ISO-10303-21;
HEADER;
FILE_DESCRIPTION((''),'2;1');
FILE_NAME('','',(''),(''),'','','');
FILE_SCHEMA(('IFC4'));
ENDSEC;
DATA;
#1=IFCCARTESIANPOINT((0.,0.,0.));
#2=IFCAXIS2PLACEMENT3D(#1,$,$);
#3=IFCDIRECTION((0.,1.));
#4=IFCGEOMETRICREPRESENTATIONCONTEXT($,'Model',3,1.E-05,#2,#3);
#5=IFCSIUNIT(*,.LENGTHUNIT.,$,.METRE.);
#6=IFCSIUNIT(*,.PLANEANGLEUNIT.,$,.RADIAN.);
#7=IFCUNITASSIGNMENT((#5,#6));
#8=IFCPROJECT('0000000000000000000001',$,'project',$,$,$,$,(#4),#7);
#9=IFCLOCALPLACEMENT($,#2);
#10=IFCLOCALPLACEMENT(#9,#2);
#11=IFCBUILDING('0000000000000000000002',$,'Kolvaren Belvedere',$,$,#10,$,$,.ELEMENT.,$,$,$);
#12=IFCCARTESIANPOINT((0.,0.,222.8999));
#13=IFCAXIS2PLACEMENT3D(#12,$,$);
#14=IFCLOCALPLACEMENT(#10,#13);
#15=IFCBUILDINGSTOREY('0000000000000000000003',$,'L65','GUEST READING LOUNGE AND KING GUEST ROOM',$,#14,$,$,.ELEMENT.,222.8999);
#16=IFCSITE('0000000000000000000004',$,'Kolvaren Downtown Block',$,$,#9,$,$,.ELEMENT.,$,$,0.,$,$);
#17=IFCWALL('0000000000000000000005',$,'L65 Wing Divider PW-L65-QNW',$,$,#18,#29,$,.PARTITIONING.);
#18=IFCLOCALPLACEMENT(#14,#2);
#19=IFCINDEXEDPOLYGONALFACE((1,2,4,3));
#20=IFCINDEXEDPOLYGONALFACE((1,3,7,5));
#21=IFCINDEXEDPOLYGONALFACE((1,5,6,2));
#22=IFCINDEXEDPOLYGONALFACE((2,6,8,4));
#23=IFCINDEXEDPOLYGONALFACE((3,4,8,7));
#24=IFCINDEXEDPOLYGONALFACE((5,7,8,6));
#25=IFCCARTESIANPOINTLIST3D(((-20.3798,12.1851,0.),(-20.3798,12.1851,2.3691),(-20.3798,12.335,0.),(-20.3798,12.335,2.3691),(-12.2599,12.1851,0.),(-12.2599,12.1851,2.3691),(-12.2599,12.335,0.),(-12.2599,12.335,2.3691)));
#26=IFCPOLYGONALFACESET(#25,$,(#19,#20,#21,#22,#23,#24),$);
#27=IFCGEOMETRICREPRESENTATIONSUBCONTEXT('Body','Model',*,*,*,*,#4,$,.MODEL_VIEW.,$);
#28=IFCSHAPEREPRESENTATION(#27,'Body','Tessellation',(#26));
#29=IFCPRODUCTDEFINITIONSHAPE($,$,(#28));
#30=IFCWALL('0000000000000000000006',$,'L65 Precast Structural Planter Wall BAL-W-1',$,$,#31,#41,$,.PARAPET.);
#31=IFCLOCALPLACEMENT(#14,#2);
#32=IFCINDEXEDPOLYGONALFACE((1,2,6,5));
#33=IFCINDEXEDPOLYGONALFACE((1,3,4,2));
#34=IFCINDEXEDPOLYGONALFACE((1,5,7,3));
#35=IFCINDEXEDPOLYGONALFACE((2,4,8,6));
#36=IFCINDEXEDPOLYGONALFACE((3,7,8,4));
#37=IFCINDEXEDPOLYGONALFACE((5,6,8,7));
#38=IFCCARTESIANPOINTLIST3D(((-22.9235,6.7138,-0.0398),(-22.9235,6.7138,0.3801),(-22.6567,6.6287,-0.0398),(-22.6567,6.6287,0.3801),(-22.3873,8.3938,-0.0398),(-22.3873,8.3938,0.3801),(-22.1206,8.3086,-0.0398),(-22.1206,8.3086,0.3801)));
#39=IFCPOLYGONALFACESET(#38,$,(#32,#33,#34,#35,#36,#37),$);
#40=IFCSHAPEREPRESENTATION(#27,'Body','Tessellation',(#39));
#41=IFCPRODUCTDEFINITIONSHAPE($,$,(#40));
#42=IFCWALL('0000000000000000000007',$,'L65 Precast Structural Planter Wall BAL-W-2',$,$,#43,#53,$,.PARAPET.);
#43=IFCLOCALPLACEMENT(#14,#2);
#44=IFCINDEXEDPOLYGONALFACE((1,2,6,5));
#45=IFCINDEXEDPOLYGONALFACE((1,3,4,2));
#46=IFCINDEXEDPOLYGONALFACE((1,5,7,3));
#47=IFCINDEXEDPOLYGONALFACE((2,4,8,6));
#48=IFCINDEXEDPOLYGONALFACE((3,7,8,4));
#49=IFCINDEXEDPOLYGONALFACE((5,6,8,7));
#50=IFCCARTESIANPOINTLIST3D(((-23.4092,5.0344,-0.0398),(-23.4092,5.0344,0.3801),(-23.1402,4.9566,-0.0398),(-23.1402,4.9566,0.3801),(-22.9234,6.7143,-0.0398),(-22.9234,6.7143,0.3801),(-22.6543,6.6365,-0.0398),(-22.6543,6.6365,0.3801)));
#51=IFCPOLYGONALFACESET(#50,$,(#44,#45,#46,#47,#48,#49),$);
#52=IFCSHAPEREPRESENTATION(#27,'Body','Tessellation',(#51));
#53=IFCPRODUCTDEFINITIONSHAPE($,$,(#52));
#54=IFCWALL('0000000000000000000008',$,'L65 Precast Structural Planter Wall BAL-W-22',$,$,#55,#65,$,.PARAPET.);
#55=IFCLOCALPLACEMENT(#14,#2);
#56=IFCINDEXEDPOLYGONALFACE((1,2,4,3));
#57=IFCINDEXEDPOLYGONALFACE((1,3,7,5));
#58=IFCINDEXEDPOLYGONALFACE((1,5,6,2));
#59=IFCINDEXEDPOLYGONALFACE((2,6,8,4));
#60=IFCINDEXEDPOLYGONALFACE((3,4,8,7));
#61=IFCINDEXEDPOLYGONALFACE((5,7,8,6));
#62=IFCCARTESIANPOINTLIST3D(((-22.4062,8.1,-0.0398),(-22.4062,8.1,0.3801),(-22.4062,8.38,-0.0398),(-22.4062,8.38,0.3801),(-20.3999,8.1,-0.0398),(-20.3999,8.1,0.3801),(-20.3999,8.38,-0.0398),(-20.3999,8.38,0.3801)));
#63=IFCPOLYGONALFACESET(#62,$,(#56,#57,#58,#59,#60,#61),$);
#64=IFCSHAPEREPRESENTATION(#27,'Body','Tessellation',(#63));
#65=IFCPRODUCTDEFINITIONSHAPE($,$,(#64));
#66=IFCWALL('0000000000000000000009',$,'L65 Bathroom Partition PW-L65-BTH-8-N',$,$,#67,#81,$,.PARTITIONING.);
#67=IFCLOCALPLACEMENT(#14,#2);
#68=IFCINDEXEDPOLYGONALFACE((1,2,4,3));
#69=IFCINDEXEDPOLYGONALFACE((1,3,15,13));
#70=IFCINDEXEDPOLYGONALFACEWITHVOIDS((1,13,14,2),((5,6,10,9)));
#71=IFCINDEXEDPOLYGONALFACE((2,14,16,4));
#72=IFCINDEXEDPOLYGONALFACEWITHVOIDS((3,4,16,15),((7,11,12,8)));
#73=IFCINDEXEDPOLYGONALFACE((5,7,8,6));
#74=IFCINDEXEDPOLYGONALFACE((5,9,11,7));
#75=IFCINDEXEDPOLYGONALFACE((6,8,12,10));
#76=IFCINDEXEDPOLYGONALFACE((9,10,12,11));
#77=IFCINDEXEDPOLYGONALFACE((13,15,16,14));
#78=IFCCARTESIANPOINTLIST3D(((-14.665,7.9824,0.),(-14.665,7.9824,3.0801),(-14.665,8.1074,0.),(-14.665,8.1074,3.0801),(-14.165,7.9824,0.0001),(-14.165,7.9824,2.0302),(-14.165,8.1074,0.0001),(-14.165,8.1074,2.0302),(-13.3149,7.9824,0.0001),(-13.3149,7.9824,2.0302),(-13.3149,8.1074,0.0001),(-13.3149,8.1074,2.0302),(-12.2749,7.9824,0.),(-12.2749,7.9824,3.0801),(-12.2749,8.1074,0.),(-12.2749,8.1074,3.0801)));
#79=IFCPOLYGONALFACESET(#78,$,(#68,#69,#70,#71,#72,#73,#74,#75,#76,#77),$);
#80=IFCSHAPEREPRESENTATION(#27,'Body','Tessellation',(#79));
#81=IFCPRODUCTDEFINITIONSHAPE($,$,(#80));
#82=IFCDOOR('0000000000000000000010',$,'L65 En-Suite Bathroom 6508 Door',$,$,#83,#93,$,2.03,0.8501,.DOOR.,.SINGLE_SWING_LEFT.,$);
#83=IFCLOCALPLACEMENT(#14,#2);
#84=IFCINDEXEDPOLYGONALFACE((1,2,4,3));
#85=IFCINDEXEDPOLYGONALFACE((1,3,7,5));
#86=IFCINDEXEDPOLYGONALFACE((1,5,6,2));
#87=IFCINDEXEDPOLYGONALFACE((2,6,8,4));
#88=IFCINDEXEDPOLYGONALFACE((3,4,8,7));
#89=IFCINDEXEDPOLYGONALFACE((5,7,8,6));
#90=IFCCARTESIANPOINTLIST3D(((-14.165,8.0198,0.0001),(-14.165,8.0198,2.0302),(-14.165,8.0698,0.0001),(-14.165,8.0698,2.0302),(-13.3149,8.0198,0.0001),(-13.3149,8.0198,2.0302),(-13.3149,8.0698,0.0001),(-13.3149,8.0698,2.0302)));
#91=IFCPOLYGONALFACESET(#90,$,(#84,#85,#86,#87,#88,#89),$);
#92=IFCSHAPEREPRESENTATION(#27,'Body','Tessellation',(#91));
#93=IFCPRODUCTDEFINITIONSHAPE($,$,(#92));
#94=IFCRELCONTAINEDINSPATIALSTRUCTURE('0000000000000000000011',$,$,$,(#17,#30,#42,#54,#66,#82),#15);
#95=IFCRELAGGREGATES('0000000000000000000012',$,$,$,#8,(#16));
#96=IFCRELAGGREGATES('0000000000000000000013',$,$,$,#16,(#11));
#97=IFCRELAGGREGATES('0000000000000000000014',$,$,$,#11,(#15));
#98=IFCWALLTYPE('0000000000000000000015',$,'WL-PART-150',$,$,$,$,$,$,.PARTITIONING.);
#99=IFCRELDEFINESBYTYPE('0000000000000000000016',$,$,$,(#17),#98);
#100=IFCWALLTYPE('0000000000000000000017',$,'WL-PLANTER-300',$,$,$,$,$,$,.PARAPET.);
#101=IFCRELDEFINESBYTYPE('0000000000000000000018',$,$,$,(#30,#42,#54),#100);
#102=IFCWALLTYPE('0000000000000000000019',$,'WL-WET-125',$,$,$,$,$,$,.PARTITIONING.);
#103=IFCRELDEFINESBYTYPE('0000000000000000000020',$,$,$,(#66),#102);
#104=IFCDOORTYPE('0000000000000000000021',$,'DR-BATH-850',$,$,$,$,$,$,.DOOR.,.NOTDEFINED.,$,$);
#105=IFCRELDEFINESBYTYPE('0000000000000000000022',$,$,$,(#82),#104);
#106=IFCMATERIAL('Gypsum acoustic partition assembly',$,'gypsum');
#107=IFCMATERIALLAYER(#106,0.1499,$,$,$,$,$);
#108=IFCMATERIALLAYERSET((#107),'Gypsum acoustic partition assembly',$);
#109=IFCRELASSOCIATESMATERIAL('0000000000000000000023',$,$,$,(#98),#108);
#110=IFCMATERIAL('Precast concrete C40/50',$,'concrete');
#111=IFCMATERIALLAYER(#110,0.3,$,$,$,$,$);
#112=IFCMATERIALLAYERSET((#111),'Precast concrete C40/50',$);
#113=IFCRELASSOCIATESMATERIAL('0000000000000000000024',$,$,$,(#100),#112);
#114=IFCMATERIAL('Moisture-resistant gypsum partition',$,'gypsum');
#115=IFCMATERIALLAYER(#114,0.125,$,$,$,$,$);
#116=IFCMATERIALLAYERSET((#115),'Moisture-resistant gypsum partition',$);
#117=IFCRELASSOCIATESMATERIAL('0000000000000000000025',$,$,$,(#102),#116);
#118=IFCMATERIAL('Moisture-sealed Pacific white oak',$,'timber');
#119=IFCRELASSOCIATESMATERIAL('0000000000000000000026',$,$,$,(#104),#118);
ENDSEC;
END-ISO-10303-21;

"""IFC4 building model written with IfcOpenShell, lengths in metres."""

from ifc_helpers import new_model, si_unit, direction, frame, frame_2d, origin, place, context, subcontext, project, spatial, rectangle, extrude, material, layer, layer_set, type_object, element, fill, save


model = new_model("IFC4")

# Units and contexts
model_context = context("Model", 3, precision=1e-05, world=origin(), true_north=direction((0.0, 1.0)))
body_context = subcontext(model_context, "Body", "Model", "MODEL_VIEW")
ifc_project = project(units=[si_unit("LENGTHUNIT", "METRE"), si_unit("PLANEANGLEUNIT", "RADIAN")], contexts=[model_context])

# Site, building, storey
site_placement = place(None, origin())
site = spatial("IfcSite", under=ifc_project, at=site_placement, Name="Kolvaren Downtown Block", CompositionType="ELEMENT", RefElevation=0.0)
building_placement = place(site_placement, origin())
building = spatial("IfcBuilding", under=site, at=building_placement, Name="Kolvaren Belvedere", CompositionType="ELEMENT")
storey_placement = place(building_placement, frame((0.0, 0.0, 222.8999)))
storey = spatial("IfcBuildingStorey", under=building, at=storey_placement, Name="L65", Description="GUEST READING LOUNGE AND KING GUEST ROOM", CompositionType="ELEMENT", Elevation=222.8999)

# Walls
ifc_material_1 = material(Name="Gypsum acoustic partition assembly", Category="gypsum")
ifc_layer_1 = layer(ifc_material_1, 0.1499)
ifc_layer_set_1 = layer_set([ifc_layer_1], Name="Gypsum acoustic partition assembly")
wall_type_1 = type_object("IfcWallType", Name="WL-PART-150", PredefinedType="PARTITIONING", material=ifc_layer_set_1)
wall_1_placement = place(storey_placement, frame((-20.3799, 12.26, 0.0), z_axis=(0.0, 0.0, 1.0), x_axis=(1.0, 0.0, 0.0)))
element("IfcWall", 1, at=wall_1_placement, inside=storey, type_object=wall_type_1, Name="L65 Wing Divider PW-L65-QNW", PredefinedType="PARTITIONING", context=body_context, shape_type="SweptSolid", body=[
    extrude(rectangle(XDim=8.1199, YDim=0.1499, at=frame_2d((4.0601, 0.0))), origin(), (0.0, 0.0, 1.0), 2.3691),
])
ifc_material_2 = material(Name="Precast concrete C40/50", Category="concrete")
ifc_layer_2 = layer(ifc_material_2, 0.3)
ifc_layer_set_2 = layer_set([ifc_layer_2], Name="Precast concrete C40/50")
wall_type_2 = type_object("IfcWallType", Name="WL-PLANTER-300", PredefinedType="PARAPET", material=ifc_layer_set_2)
wall_2_placement = place(storey_placement, frame((-22.2539, 8.3513, -0.0398), z_axis=(0.0, 0.0, 1.0), x_axis=(-0.304032, -0.952662, 0.0)))
element("IfcWall", 2, at=wall_2_placement, inside=storey, type_object=wall_type_2, Name="L65 Precast Structural Planter Wall BAL-W-1", PredefinedType="PARAPET", context=body_context, shape_type="SweptSolid", body=[
    extrude(rectangle(XDim=1.7634, YDim=0.28, at=frame_2d((0.8818, 0.0))), origin(), (0.0, 0.0, 1.0), 0.4199),
])
wall_3_placement = place(storey_placement, frame((-22.7888, 6.6755, -0.0398), z_axis=(0.0, 0.0, 1.0), x_axis=(-0.277817, -0.960634, 0.0)))
element("IfcWall", 3, at=wall_3_placement, inside=storey, type_object=wall_type_2, Name="L65 Precast Structural Planter Wall BAL-W-2", PredefinedType="PARAPET", context=body_context, shape_type="SweptSolid", body=[
    extrude(rectangle(XDim=1.7488, YDim=0.28, at=frame_2d((0.8745, 0.0))), origin(), (0.0, 0.0, 1.0), 0.4199),
])
wall_4_placement = place(storey_placement, frame((-20.3999, 8.24, -0.0398), z_axis=(0.0, 0.0, 1.0), x_axis=(-1.0, 0.0, 0.0)))
element("IfcWall", 4, at=wall_4_placement, inside=storey, type_object=wall_type_2, Name="L65 Precast Structural Planter Wall BAL-W-22", PredefinedType="PARAPET", context=body_context, shape_type="SweptSolid", body=[
    extrude(rectangle(XDim=2.0063, YDim=0.28, at=frame_2d((1.0032, 0.0))), origin(), (0.0, 0.0, 1.0), 0.4199),
])

# Wall, opening, door
ifc_material_3 = material(Name="Moisture-resistant gypsum partition", Category="gypsum")
ifc_layer_3 = layer(ifc_material_3, 0.125)
ifc_layer_set_3 = layer_set([ifc_layer_3], Name="Moisture-resistant gypsum partition")
wall_type_3 = type_object("IfcWallType", Name="WL-WET-125", PredefinedType="PARTITIONING", material=ifc_layer_set_3)
wall_5_placement = place(storey_placement, frame((-14.665, 8.0449, 0.0), z_axis=(0.0, 0.0, 1.0), x_axis=(1.0, 0.0, 0.0)))
wall_5 = element("IfcWall", 5, at=wall_5_placement, inside=storey, type_object=wall_type_3, Name="L65 Bathroom Partition PW-L65-BTH-8-N", PredefinedType="PARTITIONING", context=body_context, shape_type="SweptSolid", body=[
    extrude(rectangle(XDim=2.3901, YDim=0.125, at=frame_2d((1.1951, 0.0))), origin(), (0.0, 0.0, 1.0), 3.0801),
])
opening_1_placement = place(wall_5_placement, frame((0.5, 0.0, 0.0)))
opening_1 = element("IfcOpeningElement", 6, at=opening_1_placement, cuts=wall_5, PredefinedType="OPENING", context=body_context, shape_type="SweptSolid", body=[
    extrude(rectangle(XDim=0.8501, YDim=2.03, at=frame_2d((0.425, 1.0151))), frame((0.0, 0.0725, 0.0), z_axis=(0.0, -1.0, 0.0), x_axis=(1.0, 0.0, 0.0)), (0.0, 0.0, 1.0), 0.145),
])
ifc_material_4 = material(Name="Moisture-sealed Pacific white oak", Category="timber")
door_type = type_object("IfcDoorType", Name="DR-BATH-850", OperationType="NOTDEFINED", PredefinedType="DOOR", material=ifc_material_4)
door_placement = place(opening_1_placement, origin())
door = element("IfcDoor", 7, at=door_placement, inside=storey, type_object=door_type, Name="L65 En-Suite Bathroom 6508 Door", OperationType="SINGLE_SWING_LEFT", OverallHeight=2.03, OverallWidth=0.8501, PredefinedType="DOOR", context=body_context, shape_type="SweptSolid", body=[
    extrude(rectangle(XDim=0.8501, YDim=2.03, at=frame_2d((0.425, 1.0151))), frame((0.0, 0.0249, 0.0), z_axis=(0.0, -1.0, 0.0), x_axis=(1.0, 0.0, 0.0)), (0.0, 0.0, 1.0), 0.05),
])
fill(opening_1, door)

save(model, "model.ifc")
